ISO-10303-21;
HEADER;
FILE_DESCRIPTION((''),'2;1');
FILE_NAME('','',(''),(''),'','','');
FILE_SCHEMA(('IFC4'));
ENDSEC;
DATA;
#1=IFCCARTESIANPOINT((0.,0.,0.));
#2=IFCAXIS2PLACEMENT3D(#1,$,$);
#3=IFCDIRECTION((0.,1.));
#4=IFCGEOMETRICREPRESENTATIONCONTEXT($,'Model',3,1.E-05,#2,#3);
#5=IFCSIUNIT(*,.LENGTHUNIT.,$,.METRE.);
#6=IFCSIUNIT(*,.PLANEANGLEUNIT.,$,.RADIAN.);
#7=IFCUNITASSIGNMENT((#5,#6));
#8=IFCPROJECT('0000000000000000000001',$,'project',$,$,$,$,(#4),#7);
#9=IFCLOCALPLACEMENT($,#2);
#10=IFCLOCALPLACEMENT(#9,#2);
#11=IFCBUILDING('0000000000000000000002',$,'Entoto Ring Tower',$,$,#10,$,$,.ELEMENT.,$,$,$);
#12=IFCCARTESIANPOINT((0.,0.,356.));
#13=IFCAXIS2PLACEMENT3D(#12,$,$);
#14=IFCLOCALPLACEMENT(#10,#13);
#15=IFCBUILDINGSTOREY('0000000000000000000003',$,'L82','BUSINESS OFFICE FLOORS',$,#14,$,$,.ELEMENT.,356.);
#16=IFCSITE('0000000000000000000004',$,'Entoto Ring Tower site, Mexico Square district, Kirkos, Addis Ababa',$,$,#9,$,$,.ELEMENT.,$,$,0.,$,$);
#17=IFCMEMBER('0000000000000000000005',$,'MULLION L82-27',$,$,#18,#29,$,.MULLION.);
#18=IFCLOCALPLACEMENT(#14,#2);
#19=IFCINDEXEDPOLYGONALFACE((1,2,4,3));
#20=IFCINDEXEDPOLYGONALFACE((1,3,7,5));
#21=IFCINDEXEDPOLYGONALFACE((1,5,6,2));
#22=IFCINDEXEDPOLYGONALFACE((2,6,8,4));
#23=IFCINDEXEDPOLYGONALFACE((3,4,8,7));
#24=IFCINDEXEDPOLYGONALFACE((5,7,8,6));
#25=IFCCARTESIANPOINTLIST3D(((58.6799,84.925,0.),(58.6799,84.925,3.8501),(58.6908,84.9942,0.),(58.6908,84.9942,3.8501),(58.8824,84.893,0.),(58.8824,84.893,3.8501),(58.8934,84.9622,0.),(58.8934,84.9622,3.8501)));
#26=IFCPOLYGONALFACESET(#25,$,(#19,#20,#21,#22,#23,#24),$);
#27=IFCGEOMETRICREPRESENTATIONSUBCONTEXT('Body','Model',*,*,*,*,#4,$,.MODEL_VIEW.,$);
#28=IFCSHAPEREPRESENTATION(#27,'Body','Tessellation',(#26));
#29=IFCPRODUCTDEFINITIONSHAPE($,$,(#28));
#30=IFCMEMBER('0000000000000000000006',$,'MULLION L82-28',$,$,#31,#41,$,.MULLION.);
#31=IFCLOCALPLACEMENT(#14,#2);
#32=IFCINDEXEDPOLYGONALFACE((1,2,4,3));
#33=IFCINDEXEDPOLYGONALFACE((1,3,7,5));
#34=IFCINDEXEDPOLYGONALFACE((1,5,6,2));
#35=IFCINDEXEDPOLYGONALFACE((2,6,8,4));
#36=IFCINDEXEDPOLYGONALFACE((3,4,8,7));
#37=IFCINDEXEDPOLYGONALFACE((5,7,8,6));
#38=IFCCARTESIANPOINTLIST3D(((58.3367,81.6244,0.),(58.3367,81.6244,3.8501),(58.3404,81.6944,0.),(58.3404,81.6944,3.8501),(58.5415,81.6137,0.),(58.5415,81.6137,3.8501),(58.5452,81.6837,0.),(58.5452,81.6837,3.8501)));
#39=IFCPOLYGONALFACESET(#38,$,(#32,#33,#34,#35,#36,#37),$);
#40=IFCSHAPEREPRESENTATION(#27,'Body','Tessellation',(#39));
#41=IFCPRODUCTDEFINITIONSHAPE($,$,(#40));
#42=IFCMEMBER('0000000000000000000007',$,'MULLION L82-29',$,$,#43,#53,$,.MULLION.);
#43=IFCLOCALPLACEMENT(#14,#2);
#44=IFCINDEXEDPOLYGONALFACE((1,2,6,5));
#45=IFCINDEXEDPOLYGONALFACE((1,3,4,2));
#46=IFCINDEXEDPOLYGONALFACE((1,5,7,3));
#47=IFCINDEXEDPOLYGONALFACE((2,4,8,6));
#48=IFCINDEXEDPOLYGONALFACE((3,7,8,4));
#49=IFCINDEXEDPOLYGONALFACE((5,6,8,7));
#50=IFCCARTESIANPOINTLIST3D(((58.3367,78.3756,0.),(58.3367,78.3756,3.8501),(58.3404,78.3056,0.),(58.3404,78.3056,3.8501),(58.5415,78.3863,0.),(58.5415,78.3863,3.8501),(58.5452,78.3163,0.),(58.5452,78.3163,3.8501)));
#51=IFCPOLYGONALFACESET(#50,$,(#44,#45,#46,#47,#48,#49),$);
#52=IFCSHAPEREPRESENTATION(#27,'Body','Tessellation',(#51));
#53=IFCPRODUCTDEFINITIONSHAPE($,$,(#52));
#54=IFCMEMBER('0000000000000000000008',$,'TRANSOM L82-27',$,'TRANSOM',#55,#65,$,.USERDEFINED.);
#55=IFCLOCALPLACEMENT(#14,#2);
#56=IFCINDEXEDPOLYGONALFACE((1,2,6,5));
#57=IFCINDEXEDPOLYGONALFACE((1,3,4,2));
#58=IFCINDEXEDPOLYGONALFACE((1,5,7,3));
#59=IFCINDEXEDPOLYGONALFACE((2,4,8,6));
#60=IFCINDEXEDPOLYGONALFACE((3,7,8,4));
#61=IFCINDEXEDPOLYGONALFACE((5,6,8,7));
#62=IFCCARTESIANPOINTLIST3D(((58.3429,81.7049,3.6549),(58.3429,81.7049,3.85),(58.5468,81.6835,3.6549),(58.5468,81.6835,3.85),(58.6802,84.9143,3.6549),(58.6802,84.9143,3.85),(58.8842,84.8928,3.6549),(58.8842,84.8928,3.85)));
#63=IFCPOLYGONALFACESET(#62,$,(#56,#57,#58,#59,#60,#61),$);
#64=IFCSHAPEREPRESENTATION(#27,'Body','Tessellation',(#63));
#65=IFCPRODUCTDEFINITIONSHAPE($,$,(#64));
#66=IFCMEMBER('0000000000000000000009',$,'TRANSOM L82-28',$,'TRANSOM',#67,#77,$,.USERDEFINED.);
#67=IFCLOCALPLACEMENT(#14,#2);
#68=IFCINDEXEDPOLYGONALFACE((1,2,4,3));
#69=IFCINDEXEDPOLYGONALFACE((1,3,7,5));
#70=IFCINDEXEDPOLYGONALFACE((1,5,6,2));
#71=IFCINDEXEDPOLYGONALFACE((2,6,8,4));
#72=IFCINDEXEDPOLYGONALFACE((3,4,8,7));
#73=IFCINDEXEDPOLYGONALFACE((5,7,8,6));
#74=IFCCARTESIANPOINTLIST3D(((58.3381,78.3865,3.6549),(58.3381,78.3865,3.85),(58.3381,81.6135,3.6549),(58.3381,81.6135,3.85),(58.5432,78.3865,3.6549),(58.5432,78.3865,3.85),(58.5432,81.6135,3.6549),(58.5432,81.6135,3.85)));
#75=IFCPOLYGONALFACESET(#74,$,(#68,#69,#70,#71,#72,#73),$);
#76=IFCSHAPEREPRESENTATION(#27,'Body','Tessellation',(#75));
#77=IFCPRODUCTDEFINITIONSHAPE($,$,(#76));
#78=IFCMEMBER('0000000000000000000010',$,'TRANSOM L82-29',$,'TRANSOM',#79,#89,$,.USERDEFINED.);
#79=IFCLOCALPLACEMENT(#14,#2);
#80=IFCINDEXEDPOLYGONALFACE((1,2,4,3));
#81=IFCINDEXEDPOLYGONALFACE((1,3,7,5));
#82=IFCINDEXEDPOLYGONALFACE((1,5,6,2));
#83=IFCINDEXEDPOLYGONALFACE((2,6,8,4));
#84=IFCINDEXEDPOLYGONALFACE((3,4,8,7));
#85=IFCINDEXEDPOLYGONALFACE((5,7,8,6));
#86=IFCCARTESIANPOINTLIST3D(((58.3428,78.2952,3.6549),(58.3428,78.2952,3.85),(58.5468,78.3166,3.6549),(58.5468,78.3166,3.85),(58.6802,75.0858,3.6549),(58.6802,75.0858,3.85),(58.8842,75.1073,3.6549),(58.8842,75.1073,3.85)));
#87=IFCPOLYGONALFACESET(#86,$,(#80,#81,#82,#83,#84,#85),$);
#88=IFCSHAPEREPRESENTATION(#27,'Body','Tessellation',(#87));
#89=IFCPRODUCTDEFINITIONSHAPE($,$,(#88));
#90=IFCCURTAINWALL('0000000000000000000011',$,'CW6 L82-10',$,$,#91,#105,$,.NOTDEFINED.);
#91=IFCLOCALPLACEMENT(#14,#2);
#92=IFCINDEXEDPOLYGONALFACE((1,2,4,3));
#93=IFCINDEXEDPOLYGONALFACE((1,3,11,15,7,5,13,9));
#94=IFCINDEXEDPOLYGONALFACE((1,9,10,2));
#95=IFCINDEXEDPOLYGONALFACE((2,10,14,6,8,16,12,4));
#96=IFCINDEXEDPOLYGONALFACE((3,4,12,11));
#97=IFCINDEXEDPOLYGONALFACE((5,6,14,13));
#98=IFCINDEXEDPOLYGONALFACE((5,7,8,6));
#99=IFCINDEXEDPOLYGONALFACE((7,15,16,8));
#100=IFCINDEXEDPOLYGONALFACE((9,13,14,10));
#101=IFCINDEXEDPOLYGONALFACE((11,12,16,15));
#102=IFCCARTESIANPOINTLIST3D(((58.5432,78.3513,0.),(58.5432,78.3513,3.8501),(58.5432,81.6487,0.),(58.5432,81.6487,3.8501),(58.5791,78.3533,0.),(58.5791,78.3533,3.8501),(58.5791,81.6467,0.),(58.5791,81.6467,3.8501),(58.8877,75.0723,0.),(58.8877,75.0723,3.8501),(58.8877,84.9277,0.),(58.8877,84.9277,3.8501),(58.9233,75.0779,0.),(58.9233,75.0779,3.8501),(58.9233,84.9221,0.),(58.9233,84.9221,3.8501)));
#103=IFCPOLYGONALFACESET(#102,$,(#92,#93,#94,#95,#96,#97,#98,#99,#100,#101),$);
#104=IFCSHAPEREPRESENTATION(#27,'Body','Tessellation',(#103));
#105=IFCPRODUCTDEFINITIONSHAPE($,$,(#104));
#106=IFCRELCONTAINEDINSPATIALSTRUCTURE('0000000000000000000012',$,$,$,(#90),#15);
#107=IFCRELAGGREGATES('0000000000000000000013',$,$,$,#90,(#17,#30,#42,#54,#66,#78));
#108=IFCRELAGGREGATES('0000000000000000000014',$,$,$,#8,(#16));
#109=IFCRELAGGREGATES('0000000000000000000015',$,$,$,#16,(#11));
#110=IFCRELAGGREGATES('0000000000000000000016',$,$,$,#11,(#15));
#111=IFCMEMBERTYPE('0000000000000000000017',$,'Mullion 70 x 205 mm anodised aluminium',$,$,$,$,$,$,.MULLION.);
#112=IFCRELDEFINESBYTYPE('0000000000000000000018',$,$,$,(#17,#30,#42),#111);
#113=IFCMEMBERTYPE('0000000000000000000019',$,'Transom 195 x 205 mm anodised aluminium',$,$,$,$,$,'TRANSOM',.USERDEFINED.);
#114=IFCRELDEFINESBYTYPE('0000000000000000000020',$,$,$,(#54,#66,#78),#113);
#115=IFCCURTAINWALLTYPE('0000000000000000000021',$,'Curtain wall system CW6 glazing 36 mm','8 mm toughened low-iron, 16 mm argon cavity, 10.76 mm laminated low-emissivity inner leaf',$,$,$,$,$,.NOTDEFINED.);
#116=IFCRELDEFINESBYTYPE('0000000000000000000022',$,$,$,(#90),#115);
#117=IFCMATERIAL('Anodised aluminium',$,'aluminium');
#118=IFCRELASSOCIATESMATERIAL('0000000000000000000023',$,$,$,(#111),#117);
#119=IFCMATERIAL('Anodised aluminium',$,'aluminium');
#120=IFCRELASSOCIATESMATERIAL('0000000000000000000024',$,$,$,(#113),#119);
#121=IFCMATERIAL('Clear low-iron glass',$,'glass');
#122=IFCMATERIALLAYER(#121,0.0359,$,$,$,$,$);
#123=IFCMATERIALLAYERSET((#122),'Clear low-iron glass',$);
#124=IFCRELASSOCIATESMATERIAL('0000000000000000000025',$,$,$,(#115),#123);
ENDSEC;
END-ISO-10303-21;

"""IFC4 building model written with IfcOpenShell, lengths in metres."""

from ifc_helpers import new_model, si_unit, direction, frame, origin, origin_2d, place, context, subcontext, project, spatial, polyline, rectangle, outline, extrude, material, layer, layer_set, material_profile, profile_set, type_object, element, aggregate, save


model = new_model("IFC4")

# Units and contexts
model_context = context("Model", 3, precision=1e-05, world=origin(), true_north=direction((0.0, 1.0)))
body_context = subcontext(model_context, "Body", "Model", "MODEL_VIEW")
ifc_project = project(units=[si_unit("LENGTHUNIT", "METRE"), si_unit("PLANEANGLEUNIT", "RADIAN")], contexts=[model_context])

# Members
ifc_material_1 = material(Name="Anodised aluminium", Category="aluminium")
ifc_material_profile_1 = material_profile(ifc_material_1, rectangle(XDim=0.0701, YDim=0.2051, at=origin_2d()), Name="Mullion 70 x 205 mm anodised aluminium")
ifc_profile_set_1 = profile_set([ifc_material_profile_1], Name="Anodised aluminium")
member_type_1 = type_object("IfcMemberType", Name="Mullion 70 x 205 mm anodised aluminium", PredefinedType="MULLION", material=ifc_profile_set_1)
site_placement = place(None, origin())
building_placement = place(site_placement, origin())
storey_placement = place(building_placement, frame((0.0, 0.0, 356.0)))
member_1_placement = place(storey_placement, frame((58.7866, 84.9436, 0.0), z_axis=(0.0, 0.0, 1.0), x_axis=(-0.156434, -0.987688, 0.0)))
member_1 = element("IfcMember", 1, at=member_1_placement, type_object=member_type_1, Name="MULLION L82-27", PredefinedType="MULLION", context=body_context, shape_type="SweptSolid", body=[
    extrude(rectangle(XDim=0.0701, YDim=0.2051, at=origin_2d()), origin(), (0.0, 0.0, 1.0), 3.8501),
])
member_2_placement = place(storey_placement, frame((58.4409, 81.6541, 0.0), z_axis=(0.0, 0.0, 1.0), x_axis=(-0.052336, -0.99863, 0.0)))
member_2 = element("IfcMember", 2, at=member_2_placement, type_object=member_type_1, Name="MULLION L82-28", PredefinedType="MULLION", context=body_context, shape_type="SweptSolid", body=[
    extrude(rectangle(XDim=0.0701, YDim=0.2051, at=origin_2d()), origin(), (0.0, 0.0, 1.0), 3.8501),
])
member_3_placement = place(storey_placement, frame((58.4409, 78.3459, 0.0), z_axis=(0.0, 0.0, 1.0), x_axis=(0.052336, -0.99863, 0.0)))
member_3 = element("IfcMember", 3, at=member_3_placement, type_object=member_type_1, Name="MULLION L82-29", PredefinedType="MULLION", context=body_context, shape_type="SweptSolid", body=[
    extrude(rectangle(XDim=0.0701, YDim=0.2051, at=origin_2d()), origin(), (0.0, 0.0, 1.0), 3.8501),
])
ifc_material_2 = material(Name="Anodised aluminium", Category="aluminium")
ifc_material_profile_2 = material_profile(ifc_material_2, rectangle(XDim=0.2051, YDim=0.1951, at=origin_2d()), Name="Transom 195 x 205 mm anodised aluminium")
ifc_profile_set_2 = profile_set([ifc_material_profile_2], Name="Anodised aluminium")
member_type_2 = type_object("IfcMemberType", Name="Transom 195 x 205 mm anodised aluminium", ElementType="TRANSOM", PredefinedType="USERDEFINED", material=ifc_profile_set_2)
member_4_placement = place(storey_placement, frame((58.7822, 84.9036, 3.7524), z_axis=(-0.104551, -0.99452, 0.0), x_axis=(0.99452, -0.104551, 0.0)))
member_4 = element("IfcMember", 4, at=member_4_placement, type_object=member_type_2, Name="TRANSOM L82-27", ObjectType="TRANSOM", PredefinedType="USERDEFINED", context=body_context, shape_type="SweptSolid", body=[
    extrude(rectangle(XDim=0.2051, YDim=0.1951, at=origin_2d()), origin(), (0.0, 0.0, 1.0), 3.2271),
])
member_5_placement = place(storey_placement, frame((58.4407, 81.6135, 3.7524), z_axis=(0.0, -1.0, 0.0), x_axis=(1.0, 0.0, 0.0)))
member_5 = element("IfcMember", 5, at=member_5_placement, type_object=member_type_2, Name="TRANSOM L82-28", ObjectType="TRANSOM", PredefinedType="USERDEFINED", context=body_context, shape_type="SweptSolid", body=[
    extrude(rectangle(XDim=0.2051, YDim=0.1951, at=origin_2d()), origin(), (0.0, 0.0, 1.0), 3.2271),
])
member_6_placement = place(storey_placement, frame((58.4448, 78.3059, 3.7524), z_axis=(0.104551, -0.99452, 0.0), x_axis=(0.99452, 0.104551, 0.0)))
member_6 = element("IfcMember", 6, at=member_6_placement, type_object=member_type_2, Name="TRANSOM L82-29", ObjectType="TRANSOM", PredefinedType="USERDEFINED", context=body_context, shape_type="SweptSolid", body=[
    extrude(rectangle(XDim=0.2051, YDim=0.1951, at=origin_2d()), origin(), (0.0, 0.0, 1.0), 3.2271),
])

# Site, building, storey
site = spatial("IfcSite", under=ifc_project, at=site_placement, Name="Entoto Ring Tower site, Mexico Square district, Kirkos, Addis Ababa", CompositionType="ELEMENT", RefElevation=0.0)
building = spatial("IfcBuilding", under=site, at=building_placement, Name="Entoto Ring Tower", CompositionType="ELEMENT")
storey = spatial("IfcBuildingStorey", under=building, at=storey_placement, Name="L82", Description="BUSINESS OFFICE FLOORS", CompositionType="ELEMENT", Elevation=356.0)

# Curtain wall
ifc_material_3 = material(Name="Clear low-iron glass", Category="glass")
ifc_layer = layer(ifc_material_3, 0.0359)
ifc_layer_set = layer_set([ifc_layer], Name="Clear low-iron glass")
curtain_wall_type = type_object("IfcCurtainWallType", Name="Curtain wall system CW6 glazing 36 mm", Description="8 mm toughened low-iron, 16 mm argon cavity, 10.76 mm laminated low-emissivity inner leaf", PredefinedType="NOTDEFINED", material=ifc_layer_set)
curtain_wall_1_placement = place(storey_placement, origin())
curtain_wall_1 = element("IfcCurtainWall", 7, at=curtain_wall_1_placement, inside=storey, type_object=curtain_wall_type, Name="CW6 L82-10", PredefinedType="NOTDEFINED", context=body_context, shape_type="SweptSolid", body=[
    extrude(outline(polyline([(58.8877, 84.9277), (58.5432, 81.6487), (58.5432, 78.3513), (58.8877, 75.0723), (58.9233, 75.0779), (58.5791, 78.3533), (58.5791, 81.6467), (58.9233, 84.9221), (58.8877, 84.9277)])), origin(), (0.0, 0.0, 1.0), 3.8501),
])
aggregate(curtain_wall_1, [member_1, member_2, member_3, member_4, member_5, member_6])

save(model, "model.ifc")
